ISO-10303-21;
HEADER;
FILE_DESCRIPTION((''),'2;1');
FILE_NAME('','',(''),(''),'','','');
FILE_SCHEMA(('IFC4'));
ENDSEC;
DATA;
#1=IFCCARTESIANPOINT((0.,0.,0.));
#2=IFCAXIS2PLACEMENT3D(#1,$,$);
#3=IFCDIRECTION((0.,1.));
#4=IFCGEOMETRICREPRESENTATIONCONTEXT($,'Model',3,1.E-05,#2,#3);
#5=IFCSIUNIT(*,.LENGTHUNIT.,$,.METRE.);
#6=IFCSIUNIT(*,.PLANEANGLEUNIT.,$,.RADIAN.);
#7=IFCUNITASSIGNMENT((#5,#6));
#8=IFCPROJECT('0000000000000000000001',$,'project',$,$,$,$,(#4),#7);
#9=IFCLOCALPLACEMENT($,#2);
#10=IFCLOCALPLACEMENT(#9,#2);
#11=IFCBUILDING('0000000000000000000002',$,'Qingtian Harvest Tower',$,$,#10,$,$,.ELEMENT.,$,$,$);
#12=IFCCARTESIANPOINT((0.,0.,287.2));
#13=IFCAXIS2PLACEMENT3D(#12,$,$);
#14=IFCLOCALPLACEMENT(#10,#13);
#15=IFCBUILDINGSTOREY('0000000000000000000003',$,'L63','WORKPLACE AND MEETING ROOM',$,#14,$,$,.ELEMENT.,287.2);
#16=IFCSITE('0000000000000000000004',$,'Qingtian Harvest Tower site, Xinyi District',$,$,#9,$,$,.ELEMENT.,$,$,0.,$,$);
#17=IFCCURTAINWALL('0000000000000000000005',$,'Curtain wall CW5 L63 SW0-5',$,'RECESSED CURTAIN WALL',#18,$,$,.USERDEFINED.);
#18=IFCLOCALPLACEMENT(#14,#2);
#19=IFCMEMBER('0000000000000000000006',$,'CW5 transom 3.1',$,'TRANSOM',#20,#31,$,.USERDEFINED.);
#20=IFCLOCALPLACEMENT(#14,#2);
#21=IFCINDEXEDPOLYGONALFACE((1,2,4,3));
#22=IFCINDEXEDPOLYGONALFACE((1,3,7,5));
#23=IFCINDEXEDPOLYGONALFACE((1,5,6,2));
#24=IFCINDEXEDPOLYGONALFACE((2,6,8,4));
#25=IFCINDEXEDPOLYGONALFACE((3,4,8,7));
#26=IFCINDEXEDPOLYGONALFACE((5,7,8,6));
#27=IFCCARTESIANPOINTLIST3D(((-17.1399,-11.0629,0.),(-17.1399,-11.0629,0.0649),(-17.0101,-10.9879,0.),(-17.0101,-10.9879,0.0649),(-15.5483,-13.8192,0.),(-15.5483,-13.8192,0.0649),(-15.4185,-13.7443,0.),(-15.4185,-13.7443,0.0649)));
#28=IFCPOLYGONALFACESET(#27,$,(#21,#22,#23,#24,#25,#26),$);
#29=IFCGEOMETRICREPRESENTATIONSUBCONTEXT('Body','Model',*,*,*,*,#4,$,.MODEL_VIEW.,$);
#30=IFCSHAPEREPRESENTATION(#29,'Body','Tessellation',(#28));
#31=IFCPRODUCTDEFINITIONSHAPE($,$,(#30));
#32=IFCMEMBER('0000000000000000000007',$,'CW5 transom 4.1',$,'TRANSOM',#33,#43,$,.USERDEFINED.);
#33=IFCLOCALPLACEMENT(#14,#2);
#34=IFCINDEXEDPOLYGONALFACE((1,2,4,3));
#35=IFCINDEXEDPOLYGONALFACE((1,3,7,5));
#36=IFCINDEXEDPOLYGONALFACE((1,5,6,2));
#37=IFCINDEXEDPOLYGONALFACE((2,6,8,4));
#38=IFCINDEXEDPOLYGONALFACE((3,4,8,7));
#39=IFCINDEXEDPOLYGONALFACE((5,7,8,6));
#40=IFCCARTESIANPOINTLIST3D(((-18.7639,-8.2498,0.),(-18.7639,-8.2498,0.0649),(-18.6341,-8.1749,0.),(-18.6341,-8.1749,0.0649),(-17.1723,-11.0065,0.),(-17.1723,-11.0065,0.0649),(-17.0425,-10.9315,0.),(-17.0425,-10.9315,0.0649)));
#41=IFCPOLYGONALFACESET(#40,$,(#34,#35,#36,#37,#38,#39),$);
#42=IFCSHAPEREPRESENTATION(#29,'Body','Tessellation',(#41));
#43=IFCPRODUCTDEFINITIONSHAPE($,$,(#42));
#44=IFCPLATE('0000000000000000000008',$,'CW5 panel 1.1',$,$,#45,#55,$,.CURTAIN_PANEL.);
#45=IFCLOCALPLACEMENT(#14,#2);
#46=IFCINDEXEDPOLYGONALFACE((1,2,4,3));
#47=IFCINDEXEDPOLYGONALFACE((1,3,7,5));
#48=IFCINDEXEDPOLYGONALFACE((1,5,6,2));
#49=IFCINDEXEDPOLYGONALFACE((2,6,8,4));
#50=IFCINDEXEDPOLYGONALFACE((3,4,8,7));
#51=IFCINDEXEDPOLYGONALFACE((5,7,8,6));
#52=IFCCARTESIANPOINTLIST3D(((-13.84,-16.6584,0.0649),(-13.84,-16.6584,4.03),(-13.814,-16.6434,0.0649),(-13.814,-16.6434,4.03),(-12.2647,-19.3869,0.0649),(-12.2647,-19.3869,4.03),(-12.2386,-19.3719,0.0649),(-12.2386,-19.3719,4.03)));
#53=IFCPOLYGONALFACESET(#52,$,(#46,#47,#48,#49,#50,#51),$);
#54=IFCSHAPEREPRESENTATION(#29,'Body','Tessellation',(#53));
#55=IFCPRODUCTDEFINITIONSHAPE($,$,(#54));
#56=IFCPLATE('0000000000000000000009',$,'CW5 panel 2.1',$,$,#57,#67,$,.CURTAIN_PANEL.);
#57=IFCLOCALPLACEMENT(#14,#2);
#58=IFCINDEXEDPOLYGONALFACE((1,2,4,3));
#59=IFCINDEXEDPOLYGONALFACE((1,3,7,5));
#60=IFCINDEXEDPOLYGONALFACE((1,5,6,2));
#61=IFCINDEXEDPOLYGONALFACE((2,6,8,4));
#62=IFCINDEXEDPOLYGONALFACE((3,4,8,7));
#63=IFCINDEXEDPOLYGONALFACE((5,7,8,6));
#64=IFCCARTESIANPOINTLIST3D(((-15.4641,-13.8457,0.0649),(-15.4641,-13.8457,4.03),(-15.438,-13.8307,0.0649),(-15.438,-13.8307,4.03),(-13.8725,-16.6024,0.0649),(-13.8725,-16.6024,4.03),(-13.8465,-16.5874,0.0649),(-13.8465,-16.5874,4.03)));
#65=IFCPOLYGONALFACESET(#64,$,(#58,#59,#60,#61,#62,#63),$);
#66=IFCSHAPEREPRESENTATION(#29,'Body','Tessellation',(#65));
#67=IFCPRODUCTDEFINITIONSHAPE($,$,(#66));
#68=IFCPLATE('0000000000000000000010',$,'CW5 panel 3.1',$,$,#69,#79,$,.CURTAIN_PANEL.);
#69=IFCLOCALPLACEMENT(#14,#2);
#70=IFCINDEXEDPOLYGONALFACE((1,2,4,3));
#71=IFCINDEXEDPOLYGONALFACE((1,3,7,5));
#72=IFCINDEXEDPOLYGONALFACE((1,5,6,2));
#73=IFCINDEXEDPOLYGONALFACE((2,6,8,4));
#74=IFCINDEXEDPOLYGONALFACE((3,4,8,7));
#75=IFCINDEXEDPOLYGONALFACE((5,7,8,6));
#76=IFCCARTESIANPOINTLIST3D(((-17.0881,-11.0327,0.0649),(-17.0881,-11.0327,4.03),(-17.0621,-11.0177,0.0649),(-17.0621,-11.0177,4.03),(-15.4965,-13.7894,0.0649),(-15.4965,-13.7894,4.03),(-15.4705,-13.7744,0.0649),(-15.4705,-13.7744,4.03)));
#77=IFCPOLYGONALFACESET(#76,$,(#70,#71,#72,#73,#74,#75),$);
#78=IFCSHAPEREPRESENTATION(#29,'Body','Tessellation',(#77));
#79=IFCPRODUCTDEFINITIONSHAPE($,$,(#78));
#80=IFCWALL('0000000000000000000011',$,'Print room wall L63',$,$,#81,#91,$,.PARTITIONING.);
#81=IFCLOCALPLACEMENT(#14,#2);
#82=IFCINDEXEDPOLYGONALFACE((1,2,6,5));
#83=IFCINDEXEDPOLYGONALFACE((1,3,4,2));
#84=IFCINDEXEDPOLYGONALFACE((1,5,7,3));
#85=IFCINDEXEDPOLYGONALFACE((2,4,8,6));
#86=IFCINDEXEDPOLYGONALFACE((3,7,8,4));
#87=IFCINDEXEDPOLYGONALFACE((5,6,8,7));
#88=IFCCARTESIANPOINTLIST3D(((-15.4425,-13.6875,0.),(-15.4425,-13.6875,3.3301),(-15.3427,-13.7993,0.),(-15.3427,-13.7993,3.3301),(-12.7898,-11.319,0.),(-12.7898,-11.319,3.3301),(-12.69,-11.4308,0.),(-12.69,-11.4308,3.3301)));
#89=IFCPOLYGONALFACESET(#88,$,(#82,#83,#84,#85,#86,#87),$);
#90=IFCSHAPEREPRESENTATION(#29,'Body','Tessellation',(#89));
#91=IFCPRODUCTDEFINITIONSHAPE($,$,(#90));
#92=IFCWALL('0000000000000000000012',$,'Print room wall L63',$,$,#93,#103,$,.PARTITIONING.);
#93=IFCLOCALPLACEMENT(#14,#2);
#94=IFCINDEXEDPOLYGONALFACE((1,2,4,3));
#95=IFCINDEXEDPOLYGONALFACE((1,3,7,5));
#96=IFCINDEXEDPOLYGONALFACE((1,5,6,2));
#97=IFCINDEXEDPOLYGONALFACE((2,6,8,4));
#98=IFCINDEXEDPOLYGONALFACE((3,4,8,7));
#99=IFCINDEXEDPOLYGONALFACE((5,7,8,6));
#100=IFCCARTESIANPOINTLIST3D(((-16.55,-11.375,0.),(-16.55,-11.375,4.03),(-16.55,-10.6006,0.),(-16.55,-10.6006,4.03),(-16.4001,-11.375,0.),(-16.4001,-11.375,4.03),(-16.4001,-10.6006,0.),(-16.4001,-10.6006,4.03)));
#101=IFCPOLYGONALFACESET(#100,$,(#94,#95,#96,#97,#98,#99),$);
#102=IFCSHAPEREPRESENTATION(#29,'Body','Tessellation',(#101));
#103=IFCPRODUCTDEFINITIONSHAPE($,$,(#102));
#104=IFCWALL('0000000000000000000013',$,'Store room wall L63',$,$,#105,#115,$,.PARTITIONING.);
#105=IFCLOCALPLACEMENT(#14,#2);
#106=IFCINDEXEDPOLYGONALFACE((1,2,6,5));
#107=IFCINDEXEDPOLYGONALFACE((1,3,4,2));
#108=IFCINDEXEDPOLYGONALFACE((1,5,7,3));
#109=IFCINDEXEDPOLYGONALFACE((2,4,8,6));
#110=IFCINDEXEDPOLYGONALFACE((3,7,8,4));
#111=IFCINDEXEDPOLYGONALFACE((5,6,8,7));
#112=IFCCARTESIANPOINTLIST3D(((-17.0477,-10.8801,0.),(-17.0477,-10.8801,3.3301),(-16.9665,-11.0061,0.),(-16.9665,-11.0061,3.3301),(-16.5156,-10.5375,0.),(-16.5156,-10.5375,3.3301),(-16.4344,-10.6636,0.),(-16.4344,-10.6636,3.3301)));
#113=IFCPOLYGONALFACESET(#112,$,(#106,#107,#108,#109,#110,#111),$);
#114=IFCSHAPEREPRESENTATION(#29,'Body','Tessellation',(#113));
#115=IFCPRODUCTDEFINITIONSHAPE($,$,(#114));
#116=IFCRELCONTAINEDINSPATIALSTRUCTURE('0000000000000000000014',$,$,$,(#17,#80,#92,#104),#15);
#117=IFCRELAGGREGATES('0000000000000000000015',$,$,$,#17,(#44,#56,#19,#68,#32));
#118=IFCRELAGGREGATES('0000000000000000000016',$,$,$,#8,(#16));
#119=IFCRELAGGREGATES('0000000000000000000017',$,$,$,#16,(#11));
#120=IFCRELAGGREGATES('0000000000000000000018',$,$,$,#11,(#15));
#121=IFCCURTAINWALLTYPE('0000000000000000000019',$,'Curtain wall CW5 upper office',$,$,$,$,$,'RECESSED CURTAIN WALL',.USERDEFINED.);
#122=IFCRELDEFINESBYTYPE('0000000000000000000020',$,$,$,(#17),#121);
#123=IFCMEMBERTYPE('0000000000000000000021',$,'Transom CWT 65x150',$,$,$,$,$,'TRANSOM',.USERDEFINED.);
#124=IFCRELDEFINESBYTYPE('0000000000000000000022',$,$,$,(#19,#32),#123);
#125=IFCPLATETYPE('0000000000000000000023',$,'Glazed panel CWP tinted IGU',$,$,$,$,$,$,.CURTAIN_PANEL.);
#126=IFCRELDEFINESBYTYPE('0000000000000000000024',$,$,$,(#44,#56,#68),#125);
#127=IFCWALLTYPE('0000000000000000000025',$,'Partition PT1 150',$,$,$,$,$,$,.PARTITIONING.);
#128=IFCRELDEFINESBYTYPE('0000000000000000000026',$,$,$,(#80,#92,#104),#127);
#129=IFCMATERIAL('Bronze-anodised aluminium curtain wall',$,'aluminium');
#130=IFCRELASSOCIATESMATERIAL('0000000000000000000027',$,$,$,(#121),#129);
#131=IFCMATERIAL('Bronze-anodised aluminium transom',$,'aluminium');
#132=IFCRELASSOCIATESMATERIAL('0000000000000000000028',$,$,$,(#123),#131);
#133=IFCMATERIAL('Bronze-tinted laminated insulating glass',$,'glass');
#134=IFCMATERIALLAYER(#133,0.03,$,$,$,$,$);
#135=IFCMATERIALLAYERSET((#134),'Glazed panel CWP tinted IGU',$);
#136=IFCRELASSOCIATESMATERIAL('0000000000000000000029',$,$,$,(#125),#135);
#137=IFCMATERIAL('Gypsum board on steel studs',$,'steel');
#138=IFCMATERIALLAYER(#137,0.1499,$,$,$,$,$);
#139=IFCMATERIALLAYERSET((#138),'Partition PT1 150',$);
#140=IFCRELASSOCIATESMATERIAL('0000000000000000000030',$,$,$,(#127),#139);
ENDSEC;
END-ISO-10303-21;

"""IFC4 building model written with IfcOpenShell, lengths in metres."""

from ifc_helpers import new_model, si_unit, direction, frame, frame_2d, origin, origin_2d, place, context, subcontext, project, spatial, rectangle, extrude, material, layer, layer_set, material_profile, profile_set, type_object, element, aggregate, save


model = new_model("IFC4")

# Units and contexts
model_context = context("Model", 3, precision=1e-05, world=origin(), true_north=direction((0.0, 1.0)))
body_context = subcontext(model_context, "Body", "Model", "MODEL_VIEW")
ifc_project = project(units=[si_unit("LENGTHUNIT", "METRE"), si_unit("PLANEANGLEUNIT", "RADIAN")], contexts=[model_context])

# Site, building, storey
site_placement = place(None, origin())
site = spatial("IfcSite", under=ifc_project, at=site_placement, Name="Qingtian Harvest Tower site, Xinyi District", CompositionType="ELEMENT", RefElevation=0.0)
building_placement = place(site_placement, origin())
building = spatial("IfcBuilding", under=site, at=building_placement, Name="Qingtian Harvest Tower", CompositionType="ELEMENT")
storey_placement = place(building_placement, frame((0.0, 0.0, 287.2)))
storey = spatial("IfcBuildingStorey", under=building, at=storey_placement, Name="L63", Description="WORKPLACE AND MEETING ROOM", CompositionType="ELEMENT", Elevation=287.2)

# Curtain wall
ifc_material_1 = material(Name="Bronze-anodised aluminium curtain wall", Category="aluminium")
curtain_wall_type = type_object("IfcCurtainWallType", Name="Curtain wall CW5 upper office", ElementType="RECESSED CURTAIN WALL", PredefinedType="USERDEFINED", material=ifc_material_1)
curtain_wall_placement = place(storey_placement, origin())
curtain_wall = element("IfcCurtainWall", 1, at=curtain_wall_placement, inside=storey, type_object=curtain_wall_type, Name="Curtain wall CW5 L63 SW0-5", ObjectType="RECESSED CURTAIN WALL", PredefinedType="USERDEFINED")

# Members
ifc_material_2 = material(Name="Bronze-anodised aluminium transom", Category="aluminium")
ifc_material_profile_1 = material_profile(ifc_material_2, rectangle(XDim=0.1499, YDim=0.0649, at=origin_2d()), Name="AL 65x150")
ifc_profile_set_1 = profile_set([ifc_material_profile_1], Name="Bronze-anodised aluminium transom")
member_type_1 = type_object("IfcMemberType", Name="Transom CWT 65x150", ElementType="TRANSOM", PredefinedType="USERDEFINED", material=ifc_profile_set_1)
member_1_placement = place(storey_placement, frame((-15.4834, -13.7817, 0.0325), z_axis=(-0.500041, 0.866002, 0.0), x_axis=(-0.866002, -0.500041, 0.0)))
member_1 = element("IfcMember", 2, at=member_1_placement, type_object=member_type_1, Name="CW5 transom 3.1", ObjectType="TRANSOM", PredefinedType="USERDEFINED", context=body_context, shape_type="SweptSolid", body=[
    extrude(rectangle(XDim=0.1499, YDim=0.0649, at=origin_2d()), origin(), (0.0, 0.0, 1.0), 3.1829),
])
member_2_placement = place(storey_placement, frame((-17.1074, -10.969, 0.0325), z_axis=(-0.500008, 0.866021, 0.0), x_axis=(-0.866021, -0.500008, 0.0)))
member_2 = element("IfcMember", 3, at=member_2_placement, type_object=member_type_1, Name="CW5 transom 4.1", ObjectType="TRANSOM", PredefinedType="USERDEFINED", context=body_context, shape_type="SweptSolid", body=[
    extrude(rectangle(XDim=0.1499, YDim=0.0649, at=origin_2d()), origin(), (0.0, 0.0, 1.0), 3.1831),
])

# Plates
ifc_material_3 = material(Name="Bronze-tinted laminated insulating glass", Category="glass")
ifc_layer_1 = layer(ifc_material_3, 0.03)
ifc_layer_set_1 = layer_set([ifc_layer_1], Name="Glazed panel CWP tinted IGU")
plate_type = type_object("IfcPlateType", Name="Glazed panel CWP tinted IGU", PredefinedType="CURTAIN_PANEL", material=ifc_layer_set_1)
plate_1_placement = place(storey_placement, frame((-13.0393, -18.0151, 0.0649), z_axis=(0.0, 0.0, 1.0), x_axis=(-0.5, 0.866025, 0.0)))
plate_1 = element("IfcPlate", 4, at=plate_1_placement, type_object=plate_type, Name="CW5 panel 1.1", PredefinedType="CURTAIN_PANEL", context=body_context, shape_type="SweptSolid", body=[
    extrude(rectangle(XDim=3.1506, YDim=0.03, at=origin_2d()), origin(), (0.0, 0.0, 1.0), 3.9651),
])
plate_2_placement = place(storey_placement, frame((-14.6553, -15.2166, 0.0649), z_axis=(0.0, 0.0, 1.0), x_axis=(-0.5, 0.866025, 0.0)))
plate_2 = element("IfcPlate", 5, at=plate_2_placement, type_object=plate_type, Name="CW5 panel 2.1", PredefinedType="CURTAIN_PANEL", context=body_context, shape_type="SweptSolid", body=[
    extrude(rectangle(XDim=3.1831, YDim=0.03, at=origin_2d()), origin(), (0.0, 0.0, 1.0), 3.9651),
])
plate_3_placement = place(storey_placement, frame((-16.2793, -12.4036, 0.0649), z_axis=(0.0, 0.0, 1.0), x_axis=(-0.5, 0.866025, 0.0)))
plate_3 = element("IfcPlate", 6, at=plate_3_placement, type_object=plate_type, Name="CW5 panel 3.1", PredefinedType="CURTAIN_PANEL", context=body_context, shape_type="SweptSolid", body=[
    extrude(rectangle(XDim=3.1831, YDim=0.03, at=origin_2d()), origin(), (0.0, 0.0, 1.0), 3.9651),
])
aggregate(curtain_wall, [plate_1, plate_2, member_1, plate_3, member_2])

# Wall
ifc_material_4 = material(Name="Gypsum board on steel studs", Category="steel")
ifc_layer_2 = layer(ifc_material_4, 0.1499)
ifc_layer_set_2 = layer_set([ifc_layer_2], Name="Partition PT1 150")
wall_type = type_object("IfcWallType", Name="Partition PT1 150", PredefinedType="PARTITIONING", material=ifc_layer_set_2)
wall_1_placement = place(storey_placement, frame((-15.3926, -13.7434, 0.0), z_axis=(0.0, 0.0, 1.0), x_axis=(0.745934, 0.66602, 0.0)))
element("IfcWall", 7, at=wall_1_placement, inside=storey, type_object=wall_type, Name="Print room wall L63", PredefinedType="PARTITIONING", context=body_context, shape_type="SweptSolid", body=[
    extrude(rectangle(XDim=3.5562, YDim=0.1499, at=frame_2d((1.7781, 0.0))), origin(), (0.0, 0.0, 1.0), 3.3301),
])

# Walls
wall_2_placement = place(storey_placement, frame((-16.4751, -11.375, 0.0), z_axis=(0.0, 0.0, 1.0), x_axis=(0.0, 1.0, 0.0)))
element("IfcWall", 8, at=wall_2_placement, inside=storey, type_object=wall_type, Name="Print room wall L63", PredefinedType="PARTITIONING", context=body_context, shape_type="SweptSolid", body=[
    extrude(rectangle(XDim=0.7744, YDim=0.1499, at=frame_2d((0.3872, 0.0))), origin(), (0.0, 0.0, 1.0), 4.03),
])
wall_3_placement = place(storey_placement, frame((-17.0071, -10.9431, 0.0), z_axis=(0.0, 0.0, 1.0), x_axis=(0.84079, 0.541362, 0.0)))
element("IfcWall", 9, at=wall_3_placement, inside=storey, type_object=wall_type, Name="Store room wall L63", PredefinedType="PARTITIONING", context=body_context, shape_type="SweptSolid", body=[
    extrude(rectangle(XDim=0.6328, YDim=0.1499, at=frame_2d((0.3164, 0.0))), origin(), (0.0, 0.0, 1.0), 3.3301),
])

save(model, "model.ifc")
